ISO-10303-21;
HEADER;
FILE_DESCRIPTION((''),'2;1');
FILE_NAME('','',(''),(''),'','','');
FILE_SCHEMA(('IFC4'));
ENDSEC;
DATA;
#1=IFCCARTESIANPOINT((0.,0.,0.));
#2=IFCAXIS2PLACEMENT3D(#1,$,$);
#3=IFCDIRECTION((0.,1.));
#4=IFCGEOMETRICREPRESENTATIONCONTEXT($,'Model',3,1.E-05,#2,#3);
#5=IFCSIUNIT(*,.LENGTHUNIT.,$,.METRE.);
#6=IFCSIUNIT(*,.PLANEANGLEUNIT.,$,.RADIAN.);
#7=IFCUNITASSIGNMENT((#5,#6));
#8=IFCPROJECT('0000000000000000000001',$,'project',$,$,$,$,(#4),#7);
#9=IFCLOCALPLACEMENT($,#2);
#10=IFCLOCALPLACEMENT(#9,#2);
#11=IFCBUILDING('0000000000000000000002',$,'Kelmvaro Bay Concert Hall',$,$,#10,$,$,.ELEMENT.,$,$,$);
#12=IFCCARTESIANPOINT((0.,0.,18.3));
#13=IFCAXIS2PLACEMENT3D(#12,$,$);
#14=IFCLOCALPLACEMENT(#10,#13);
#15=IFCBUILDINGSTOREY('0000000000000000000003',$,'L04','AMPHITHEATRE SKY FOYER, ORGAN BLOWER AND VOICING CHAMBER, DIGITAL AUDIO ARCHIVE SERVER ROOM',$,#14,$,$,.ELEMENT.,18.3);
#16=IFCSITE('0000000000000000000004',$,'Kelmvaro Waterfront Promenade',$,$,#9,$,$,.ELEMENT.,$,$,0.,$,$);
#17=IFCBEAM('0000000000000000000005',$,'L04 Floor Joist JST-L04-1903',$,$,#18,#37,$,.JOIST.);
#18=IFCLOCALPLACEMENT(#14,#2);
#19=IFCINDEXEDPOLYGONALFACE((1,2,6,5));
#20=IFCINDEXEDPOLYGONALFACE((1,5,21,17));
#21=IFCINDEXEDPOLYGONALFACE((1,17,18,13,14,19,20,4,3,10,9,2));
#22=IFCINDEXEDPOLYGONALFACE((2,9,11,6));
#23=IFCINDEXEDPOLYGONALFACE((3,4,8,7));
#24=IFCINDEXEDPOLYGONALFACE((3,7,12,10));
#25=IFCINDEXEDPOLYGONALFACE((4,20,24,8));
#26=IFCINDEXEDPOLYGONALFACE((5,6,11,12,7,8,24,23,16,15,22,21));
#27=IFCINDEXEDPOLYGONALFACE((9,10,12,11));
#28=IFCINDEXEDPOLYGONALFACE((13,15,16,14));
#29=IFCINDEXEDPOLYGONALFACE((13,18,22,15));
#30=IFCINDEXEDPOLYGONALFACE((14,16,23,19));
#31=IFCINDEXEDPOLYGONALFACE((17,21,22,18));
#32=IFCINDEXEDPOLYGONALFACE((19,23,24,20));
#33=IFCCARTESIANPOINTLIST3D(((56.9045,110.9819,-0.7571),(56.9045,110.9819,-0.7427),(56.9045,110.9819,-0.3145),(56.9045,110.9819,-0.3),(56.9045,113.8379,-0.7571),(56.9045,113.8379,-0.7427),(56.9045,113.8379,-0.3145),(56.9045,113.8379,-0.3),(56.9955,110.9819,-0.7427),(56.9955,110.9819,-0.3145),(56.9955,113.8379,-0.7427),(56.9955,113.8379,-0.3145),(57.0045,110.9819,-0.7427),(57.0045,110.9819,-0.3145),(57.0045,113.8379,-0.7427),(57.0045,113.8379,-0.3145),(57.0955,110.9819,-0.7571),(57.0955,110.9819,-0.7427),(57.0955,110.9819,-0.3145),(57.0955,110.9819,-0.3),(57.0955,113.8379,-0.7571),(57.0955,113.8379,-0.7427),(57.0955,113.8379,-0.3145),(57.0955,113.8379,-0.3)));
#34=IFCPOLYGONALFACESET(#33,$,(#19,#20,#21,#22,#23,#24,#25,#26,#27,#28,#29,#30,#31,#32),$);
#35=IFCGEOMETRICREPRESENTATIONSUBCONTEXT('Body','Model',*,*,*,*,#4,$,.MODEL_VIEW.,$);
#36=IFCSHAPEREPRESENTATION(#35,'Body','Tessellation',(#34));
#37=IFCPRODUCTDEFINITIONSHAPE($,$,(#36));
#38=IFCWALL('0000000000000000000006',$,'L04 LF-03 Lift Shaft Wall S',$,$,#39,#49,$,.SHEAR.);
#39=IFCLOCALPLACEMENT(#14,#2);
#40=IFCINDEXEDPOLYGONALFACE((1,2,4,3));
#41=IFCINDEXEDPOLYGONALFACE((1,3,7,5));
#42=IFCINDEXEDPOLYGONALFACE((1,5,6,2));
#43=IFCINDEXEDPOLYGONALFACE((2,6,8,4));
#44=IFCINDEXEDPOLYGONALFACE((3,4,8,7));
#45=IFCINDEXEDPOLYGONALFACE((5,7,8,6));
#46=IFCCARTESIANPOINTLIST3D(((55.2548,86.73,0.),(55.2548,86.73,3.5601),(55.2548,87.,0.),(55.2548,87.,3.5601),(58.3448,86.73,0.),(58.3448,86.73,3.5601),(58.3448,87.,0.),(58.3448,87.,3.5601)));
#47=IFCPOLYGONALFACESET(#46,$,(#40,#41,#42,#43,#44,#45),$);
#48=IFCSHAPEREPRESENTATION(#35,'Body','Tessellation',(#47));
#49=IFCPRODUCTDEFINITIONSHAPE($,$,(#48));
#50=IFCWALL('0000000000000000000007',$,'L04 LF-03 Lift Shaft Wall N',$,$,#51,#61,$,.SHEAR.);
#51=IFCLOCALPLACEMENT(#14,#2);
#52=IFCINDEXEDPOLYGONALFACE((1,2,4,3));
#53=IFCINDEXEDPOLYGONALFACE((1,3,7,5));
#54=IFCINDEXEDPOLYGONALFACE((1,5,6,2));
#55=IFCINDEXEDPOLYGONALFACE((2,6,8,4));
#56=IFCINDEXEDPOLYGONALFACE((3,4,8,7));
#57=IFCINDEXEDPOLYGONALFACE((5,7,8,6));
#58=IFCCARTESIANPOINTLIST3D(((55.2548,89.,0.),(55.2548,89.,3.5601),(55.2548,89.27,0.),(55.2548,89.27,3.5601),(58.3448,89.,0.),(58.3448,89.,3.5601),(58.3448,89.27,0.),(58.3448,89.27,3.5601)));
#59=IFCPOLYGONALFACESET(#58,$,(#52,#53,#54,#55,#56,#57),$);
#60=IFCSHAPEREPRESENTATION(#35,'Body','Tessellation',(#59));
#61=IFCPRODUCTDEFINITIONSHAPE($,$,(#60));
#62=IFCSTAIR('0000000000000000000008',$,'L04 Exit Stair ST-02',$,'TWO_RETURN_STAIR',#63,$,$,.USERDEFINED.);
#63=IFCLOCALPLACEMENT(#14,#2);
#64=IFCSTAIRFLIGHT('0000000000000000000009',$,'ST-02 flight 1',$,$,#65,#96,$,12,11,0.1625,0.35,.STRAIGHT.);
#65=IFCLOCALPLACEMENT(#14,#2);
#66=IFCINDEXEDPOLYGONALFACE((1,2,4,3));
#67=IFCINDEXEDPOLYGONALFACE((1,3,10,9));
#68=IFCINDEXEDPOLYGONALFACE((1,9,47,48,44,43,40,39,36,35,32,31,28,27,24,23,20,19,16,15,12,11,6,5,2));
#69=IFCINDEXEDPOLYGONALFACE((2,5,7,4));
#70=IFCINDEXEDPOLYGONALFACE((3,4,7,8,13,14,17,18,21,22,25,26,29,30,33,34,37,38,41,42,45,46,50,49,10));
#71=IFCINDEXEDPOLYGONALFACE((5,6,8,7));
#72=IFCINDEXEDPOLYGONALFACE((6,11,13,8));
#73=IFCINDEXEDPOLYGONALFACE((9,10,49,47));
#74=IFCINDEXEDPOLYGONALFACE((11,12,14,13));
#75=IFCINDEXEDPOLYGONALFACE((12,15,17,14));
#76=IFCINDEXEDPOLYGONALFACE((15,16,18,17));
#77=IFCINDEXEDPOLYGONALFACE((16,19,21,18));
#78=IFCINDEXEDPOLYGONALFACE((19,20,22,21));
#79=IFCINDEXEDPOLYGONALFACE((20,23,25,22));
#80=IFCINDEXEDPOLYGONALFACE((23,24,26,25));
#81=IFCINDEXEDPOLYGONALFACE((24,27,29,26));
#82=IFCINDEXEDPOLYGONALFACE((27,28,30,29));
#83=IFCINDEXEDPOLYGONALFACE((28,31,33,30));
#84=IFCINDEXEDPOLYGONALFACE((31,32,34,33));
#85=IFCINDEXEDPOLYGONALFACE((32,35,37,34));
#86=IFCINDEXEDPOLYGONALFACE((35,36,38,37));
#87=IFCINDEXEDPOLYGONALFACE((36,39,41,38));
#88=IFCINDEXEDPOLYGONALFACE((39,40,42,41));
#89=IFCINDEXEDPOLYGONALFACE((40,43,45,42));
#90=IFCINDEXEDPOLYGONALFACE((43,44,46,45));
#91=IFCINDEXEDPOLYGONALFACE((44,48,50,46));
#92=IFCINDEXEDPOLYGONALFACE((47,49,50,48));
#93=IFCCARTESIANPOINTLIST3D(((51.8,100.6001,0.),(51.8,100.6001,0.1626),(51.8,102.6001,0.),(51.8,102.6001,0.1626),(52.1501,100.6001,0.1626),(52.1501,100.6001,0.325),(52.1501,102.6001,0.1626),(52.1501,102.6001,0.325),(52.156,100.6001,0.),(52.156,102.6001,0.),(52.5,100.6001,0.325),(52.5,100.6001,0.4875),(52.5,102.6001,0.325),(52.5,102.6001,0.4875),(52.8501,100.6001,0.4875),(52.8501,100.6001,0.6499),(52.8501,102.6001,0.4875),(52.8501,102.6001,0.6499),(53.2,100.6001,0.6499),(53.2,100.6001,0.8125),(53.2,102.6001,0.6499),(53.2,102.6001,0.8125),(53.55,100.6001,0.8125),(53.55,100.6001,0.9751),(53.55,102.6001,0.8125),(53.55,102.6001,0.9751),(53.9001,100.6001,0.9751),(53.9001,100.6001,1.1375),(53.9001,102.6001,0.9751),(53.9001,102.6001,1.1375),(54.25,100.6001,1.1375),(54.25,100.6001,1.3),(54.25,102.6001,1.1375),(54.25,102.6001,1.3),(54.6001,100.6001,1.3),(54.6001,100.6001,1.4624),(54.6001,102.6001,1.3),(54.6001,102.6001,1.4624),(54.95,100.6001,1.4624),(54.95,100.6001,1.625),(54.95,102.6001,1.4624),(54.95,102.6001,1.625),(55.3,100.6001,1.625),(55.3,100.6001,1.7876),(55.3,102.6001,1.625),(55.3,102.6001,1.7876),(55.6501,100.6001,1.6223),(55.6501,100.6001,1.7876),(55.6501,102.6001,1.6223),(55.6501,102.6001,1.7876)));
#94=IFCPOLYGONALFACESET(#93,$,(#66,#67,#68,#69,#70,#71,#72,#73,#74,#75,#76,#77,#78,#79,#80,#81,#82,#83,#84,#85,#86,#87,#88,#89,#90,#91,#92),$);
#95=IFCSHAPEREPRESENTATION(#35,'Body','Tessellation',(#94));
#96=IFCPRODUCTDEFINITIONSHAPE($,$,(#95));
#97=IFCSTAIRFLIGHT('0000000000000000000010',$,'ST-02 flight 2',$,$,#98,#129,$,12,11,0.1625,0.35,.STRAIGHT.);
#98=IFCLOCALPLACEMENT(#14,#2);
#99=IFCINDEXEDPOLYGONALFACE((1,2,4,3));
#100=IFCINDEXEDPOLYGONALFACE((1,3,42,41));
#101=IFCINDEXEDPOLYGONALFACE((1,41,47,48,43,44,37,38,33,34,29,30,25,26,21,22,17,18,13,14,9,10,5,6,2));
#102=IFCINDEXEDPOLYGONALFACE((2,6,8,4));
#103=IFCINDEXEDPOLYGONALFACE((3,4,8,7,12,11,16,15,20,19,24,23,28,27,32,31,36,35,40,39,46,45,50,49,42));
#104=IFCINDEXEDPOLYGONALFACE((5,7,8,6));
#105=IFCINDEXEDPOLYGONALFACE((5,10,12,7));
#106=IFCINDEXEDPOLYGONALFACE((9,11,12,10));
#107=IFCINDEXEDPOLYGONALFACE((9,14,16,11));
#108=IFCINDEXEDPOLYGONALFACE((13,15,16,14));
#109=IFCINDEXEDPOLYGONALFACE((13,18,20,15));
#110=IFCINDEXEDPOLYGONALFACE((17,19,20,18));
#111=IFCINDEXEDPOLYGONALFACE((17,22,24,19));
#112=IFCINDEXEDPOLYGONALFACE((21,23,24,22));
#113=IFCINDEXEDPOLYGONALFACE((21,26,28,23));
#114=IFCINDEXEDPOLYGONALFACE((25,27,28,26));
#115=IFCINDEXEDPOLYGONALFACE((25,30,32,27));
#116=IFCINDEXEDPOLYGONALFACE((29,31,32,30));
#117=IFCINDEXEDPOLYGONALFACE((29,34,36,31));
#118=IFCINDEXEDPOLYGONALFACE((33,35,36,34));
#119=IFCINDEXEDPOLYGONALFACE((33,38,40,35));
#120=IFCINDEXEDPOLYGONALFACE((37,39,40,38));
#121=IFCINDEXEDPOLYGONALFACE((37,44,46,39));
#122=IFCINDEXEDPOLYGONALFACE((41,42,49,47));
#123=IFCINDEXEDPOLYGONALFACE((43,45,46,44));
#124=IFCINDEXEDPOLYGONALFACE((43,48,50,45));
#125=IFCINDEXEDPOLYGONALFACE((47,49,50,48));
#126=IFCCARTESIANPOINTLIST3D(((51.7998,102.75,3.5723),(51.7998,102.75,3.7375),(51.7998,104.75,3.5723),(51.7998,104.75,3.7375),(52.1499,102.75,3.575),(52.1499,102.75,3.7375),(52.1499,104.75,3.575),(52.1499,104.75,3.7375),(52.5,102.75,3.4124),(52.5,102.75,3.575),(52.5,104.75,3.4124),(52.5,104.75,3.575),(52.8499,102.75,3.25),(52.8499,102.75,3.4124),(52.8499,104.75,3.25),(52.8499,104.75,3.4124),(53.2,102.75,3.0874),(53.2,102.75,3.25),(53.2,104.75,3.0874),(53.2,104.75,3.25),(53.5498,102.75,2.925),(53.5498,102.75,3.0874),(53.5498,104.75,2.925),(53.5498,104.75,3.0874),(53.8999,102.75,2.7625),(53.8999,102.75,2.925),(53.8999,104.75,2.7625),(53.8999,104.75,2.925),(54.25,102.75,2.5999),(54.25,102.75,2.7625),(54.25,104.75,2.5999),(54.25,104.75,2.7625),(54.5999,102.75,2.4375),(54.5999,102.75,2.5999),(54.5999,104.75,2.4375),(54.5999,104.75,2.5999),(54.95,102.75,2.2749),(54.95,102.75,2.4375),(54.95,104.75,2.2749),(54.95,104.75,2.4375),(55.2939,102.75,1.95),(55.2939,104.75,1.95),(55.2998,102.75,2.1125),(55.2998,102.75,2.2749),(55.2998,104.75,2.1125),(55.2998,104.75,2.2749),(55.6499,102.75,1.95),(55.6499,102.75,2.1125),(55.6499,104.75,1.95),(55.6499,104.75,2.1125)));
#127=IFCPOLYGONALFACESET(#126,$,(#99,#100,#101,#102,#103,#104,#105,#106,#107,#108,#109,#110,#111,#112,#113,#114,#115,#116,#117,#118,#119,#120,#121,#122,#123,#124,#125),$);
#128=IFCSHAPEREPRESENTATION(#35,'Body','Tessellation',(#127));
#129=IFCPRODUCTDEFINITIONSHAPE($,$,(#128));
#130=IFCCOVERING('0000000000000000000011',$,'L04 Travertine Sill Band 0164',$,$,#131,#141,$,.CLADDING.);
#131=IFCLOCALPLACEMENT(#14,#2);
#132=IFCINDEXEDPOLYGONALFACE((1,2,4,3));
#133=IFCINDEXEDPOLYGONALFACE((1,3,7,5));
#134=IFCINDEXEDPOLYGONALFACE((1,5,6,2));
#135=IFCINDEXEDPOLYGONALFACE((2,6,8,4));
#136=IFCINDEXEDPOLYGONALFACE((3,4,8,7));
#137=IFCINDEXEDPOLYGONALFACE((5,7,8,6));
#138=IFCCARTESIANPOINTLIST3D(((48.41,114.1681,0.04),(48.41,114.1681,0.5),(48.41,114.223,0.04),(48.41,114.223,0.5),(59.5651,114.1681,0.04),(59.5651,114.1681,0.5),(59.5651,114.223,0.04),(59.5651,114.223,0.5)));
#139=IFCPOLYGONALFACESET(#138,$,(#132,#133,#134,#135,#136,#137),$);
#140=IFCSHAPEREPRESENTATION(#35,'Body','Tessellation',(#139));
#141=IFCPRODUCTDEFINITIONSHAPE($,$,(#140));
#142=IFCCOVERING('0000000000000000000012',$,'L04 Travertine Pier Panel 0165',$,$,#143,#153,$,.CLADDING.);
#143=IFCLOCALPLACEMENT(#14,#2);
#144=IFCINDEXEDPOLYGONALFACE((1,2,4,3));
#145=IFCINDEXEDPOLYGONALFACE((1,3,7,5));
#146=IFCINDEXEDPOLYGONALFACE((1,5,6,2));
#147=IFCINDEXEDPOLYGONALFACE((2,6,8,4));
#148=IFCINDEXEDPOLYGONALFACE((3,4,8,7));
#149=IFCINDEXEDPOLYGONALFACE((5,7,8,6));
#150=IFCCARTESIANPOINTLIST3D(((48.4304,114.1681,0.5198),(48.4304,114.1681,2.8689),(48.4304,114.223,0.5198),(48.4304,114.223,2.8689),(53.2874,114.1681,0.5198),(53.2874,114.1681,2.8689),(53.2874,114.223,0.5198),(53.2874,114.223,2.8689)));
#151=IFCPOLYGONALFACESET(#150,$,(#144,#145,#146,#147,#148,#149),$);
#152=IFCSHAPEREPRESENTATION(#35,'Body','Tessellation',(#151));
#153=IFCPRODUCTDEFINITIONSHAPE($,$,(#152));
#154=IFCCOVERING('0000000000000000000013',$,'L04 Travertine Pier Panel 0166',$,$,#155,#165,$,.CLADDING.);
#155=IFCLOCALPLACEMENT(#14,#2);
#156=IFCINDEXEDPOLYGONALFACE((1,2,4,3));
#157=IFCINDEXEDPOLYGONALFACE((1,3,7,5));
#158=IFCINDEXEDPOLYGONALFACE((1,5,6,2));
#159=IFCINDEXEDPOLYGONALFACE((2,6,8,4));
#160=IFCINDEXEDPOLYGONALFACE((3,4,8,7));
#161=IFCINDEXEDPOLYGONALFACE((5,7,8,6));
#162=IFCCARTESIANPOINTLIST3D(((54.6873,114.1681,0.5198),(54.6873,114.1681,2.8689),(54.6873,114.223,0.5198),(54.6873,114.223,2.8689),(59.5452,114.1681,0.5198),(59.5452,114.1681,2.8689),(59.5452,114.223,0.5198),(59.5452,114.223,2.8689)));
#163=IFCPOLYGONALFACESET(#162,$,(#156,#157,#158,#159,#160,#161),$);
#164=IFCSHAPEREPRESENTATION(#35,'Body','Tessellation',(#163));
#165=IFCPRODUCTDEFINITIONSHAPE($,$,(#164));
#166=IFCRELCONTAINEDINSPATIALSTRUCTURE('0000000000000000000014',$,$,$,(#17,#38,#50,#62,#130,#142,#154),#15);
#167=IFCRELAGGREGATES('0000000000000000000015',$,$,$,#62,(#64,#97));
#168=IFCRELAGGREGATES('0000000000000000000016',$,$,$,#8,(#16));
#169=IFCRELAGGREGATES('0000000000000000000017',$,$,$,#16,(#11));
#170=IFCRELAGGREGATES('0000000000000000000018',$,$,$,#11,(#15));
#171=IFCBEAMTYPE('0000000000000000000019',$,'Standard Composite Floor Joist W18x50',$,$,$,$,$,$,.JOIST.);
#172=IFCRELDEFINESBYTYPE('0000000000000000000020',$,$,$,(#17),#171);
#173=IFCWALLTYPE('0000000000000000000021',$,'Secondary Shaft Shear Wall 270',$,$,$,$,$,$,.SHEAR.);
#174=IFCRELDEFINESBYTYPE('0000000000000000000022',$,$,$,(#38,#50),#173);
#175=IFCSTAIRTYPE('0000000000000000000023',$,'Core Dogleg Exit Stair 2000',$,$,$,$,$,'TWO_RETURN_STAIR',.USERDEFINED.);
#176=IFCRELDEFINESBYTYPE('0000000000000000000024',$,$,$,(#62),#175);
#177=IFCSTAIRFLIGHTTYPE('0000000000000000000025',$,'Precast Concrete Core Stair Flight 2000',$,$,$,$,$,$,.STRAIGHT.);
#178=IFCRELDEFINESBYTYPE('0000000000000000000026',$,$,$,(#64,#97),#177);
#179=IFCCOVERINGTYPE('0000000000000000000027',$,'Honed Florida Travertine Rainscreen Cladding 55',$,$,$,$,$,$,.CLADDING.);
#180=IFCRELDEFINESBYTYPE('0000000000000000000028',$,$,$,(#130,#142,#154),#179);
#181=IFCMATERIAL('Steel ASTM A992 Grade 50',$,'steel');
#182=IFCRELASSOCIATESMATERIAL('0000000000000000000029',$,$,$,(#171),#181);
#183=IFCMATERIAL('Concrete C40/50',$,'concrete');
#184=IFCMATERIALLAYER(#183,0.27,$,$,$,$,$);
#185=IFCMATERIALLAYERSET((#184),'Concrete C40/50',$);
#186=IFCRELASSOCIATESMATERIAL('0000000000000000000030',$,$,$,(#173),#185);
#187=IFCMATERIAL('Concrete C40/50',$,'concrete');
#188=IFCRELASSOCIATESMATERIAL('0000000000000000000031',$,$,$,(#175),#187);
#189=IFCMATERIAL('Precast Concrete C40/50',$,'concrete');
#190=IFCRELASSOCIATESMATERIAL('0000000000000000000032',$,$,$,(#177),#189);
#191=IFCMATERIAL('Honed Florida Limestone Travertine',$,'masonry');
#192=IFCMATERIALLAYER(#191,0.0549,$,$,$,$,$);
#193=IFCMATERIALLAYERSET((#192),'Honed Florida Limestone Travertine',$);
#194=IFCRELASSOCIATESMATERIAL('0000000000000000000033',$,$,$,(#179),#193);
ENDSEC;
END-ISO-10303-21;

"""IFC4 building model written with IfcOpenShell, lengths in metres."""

from ifc_helpers import new_model, si_unit, direction, frame, frame_2d, origin, origin_2d, place, context, subcontext, project, spatial, polyline, rectangle, i_section, outline, extrude, material, layer, layer_set, material_profile, profile_set, type_object, element, aggregate, save


model = new_model("IFC4")

# Units and contexts
model_context = context("Model", 3, precision=1e-05, world=origin(), true_north=direction((0.0, 1.0)))
body_context = subcontext(model_context, "Body", "Model", "MODEL_VIEW")
ifc_project = project(units=[si_unit("LENGTHUNIT", "METRE"), si_unit("PLANEANGLEUNIT", "RADIAN")], contexts=[model_context])

# Site, building, storey
site_placement = place(None, origin())
site = spatial("IfcSite", under=ifc_project, at=site_placement, Name="Kelmvaro Waterfront Promenade", CompositionType="ELEMENT", RefElevation=0.0)
building_placement = place(site_placement, origin())
building = spatial("IfcBuilding", under=site, at=building_placement, Name="Kelmvaro Bay Concert Hall", CompositionType="ELEMENT")
storey_placement = place(building_placement, frame((0.0, 0.0, 18.3)))
storey = spatial("IfcBuildingStorey", under=building, at=storey_placement, Name="L04", Description="AMPHITHEATRE SKY FOYER, ORGAN BLOWER AND VOICING CHAMBER, DIGITAL AUDIO ARCHIVE SERVER ROOM", CompositionType="ELEMENT", Elevation=18.3)

# Beam
ifc_material_1 = material(Name="Steel ASTM A992 Grade 50", Category="steel")
ifc_material_profile_1 = material_profile(ifc_material_1, i_section(OverallWidth=0.1909, OverallDepth=0.457, WebThickness=0.009, FlangeThickness=0.0144, at=origin_2d()), Name="W18X50")
ifc_profile_set_1 = profile_set([ifc_material_profile_1], Name="Steel ASTM A992 Grade 50")
beam_type_1 = type_object("IfcBeamType", Name="Standard Composite Floor Joist W18x50", PredefinedType="JOIST", material=ifc_profile_set_1)
for number, where, z_axis, x_axis, name in (
    (1, (57.0, 110.9819, -0.5286), (0.0, 1.0, 0.0), (-1.0, 0.0, 0.0), "L04 Floor Joist JST-L04-1903"),
):
    element("IfcBeam", number, at=place(storey_placement, frame(where, z_axis=z_axis, x_axis=x_axis)), inside=storey, type_object=beam_type_1, Name=name, PredefinedType="JOIST", context=body_context, shape_type="SweptSolid", body=[
        extrude(i_section(OverallWidth=0.1909, OverallDepth=0.457, WebThickness=0.009, FlangeThickness=0.0144, at=origin_2d()), origin(), (0.0, 0.0, 1.0), 2.856),
    ])

# Walls
ifc_material_2 = material(Name="Concrete C40/50", Category="concrete")
ifc_layer_1 = layer(ifc_material_2, 0.27)
ifc_layer_set_1 = layer_set([ifc_layer_1], Name="Concrete C40/50")
wall_type = type_object("IfcWallType", Name="Secondary Shaft Shear Wall 270", PredefinedType="SHEAR", material=ifc_layer_set_1)
for number, where, z_axis, x_axis, name in (
    (2, (55.2549, 86.865, 0.0), (0.0, 0.0, 1.0), (1.0, 0.0, 0.0), "L04 LF-03 Lift Shaft Wall S"),
    (3, (55.2549, 89.135, 0.0), (0.0, 0.0, 1.0), (1.0, 0.0, 0.0), "L04 LF-03 Lift Shaft Wall N"),
):
    element("IfcWall", number, at=place(storey_placement, frame(where, z_axis=z_axis, x_axis=x_axis)), inside=storey, type_object=wall_type, Name=name, PredefinedType="SHEAR", context=body_context, shape_type="SweptSolid", body=[
        extrude(rectangle(XDim=3.0901, YDim=0.27, at=frame_2d((1.5449, 0.0))), origin(), (0.0, 0.0, 1.0), 3.5601),
    ])

# Stair, stair flights
ifc_material_3 = material(Name="Concrete C40/50", Category="concrete")
stair_type = type_object("IfcStairType", Name="Core Dogleg Exit Stair 2000", ElementType="TWO_RETURN_STAIR", PredefinedType="USERDEFINED", material=ifc_material_3)
stair_placement = place(storey_placement, origin())
stair = element("IfcStair", 4, at=stair_placement, inside=storey, type_object=stair_type, Name="L04 Exit Stair ST-02", ObjectType="TWO_RETURN_STAIR", PredefinedType="USERDEFINED")
ifc_material_4 = material(Name="Precast Concrete C40/50", Category="concrete")
stair_flight_type = type_object("IfcStairFlightType", Name="Precast Concrete Core Stair Flight 2000", PredefinedType="STRAIGHT", material=ifc_material_4)
stair_flight_1_placement = place(storey_placement, frame((51.8, 101.6001, 0.0), z_axis=(0.0, 0.0, 1.0), x_axis=(1.0, 0.0, 0.0)))
stair_flight_1 = element("IfcStairFlight", 5, at=stair_flight_1_placement, type_object=stair_flight_type, Name="ST-02 flight 1", NumberOfRisers=12, NumberOfTreads=11, PredefinedType="STRAIGHT", RiserHeight=0.1625, TreadLength=0.35, context=body_context, shape_type="SweptSolid", body=[
    extrude(outline(polyline([(0.0, 0.0), (0.0, 0.1626), (0.3501, 0.1626), (0.3501, 0.325), (0.7, 0.325), (0.7, 0.4875), (1.05, 0.4875), (1.05, 0.6499), (1.3999, 0.6499), (1.3999, 0.8125), (1.75, 0.8125), (1.75, 0.9751), (2.1001, 0.9751), (2.1001, 1.1375), (2.45, 1.1375), (2.45, 1.3), (2.8, 1.3), (2.8, 1.4624), (3.1499, 1.4624), (3.1499, 1.625), (3.5, 1.625), (3.5, 1.7876), (3.8501, 1.7876), (3.8501, 1.95), (3.8501, 1.6223), (0.356, 0.0), (0.0, 0.0)])), frame((0.0, 1.0, 0.0), z_axis=(0.0, -1.0, 0.0), x_axis=(1.0, 0.0, 0.0)), (0.0, 0.0, 1.0), 2.0),
])
stair_flight_2_placement = place(storey_placement, frame((55.6499, 103.75, 1.95), z_axis=(0.0, 0.0, 1.0), x_axis=(-1.0, 0.0, 0.0)))
stair_flight_2 = element("IfcStairFlight", 6, at=stair_flight_2_placement, type_object=stair_flight_type, Name="ST-02 flight 2", NumberOfRisers=12, NumberOfTreads=11, PredefinedType="STRAIGHT", RiserHeight=0.1625, TreadLength=0.35, context=body_context, shape_type="SweptSolid", body=[
    extrude(outline(polyline([(0.0, 0.0), (0.0, 0.1626), (0.3501, 0.1626), (0.3501, 0.325), (0.7, 0.325), (0.7, 0.4875), (1.05, 0.4875), (1.05, 0.6499), (1.3999, 0.6499), (1.3999, 0.8125), (1.75, 0.8125), (1.75, 0.9751), (2.1001, 0.9751), (2.1001, 1.1375), (2.45, 1.1375), (2.45, 1.3), (2.8, 1.3), (2.8, 1.4624), (3.1499, 1.4624), (3.1499, 1.625), (3.5, 1.625), (3.5, 1.7876), (3.8501, 1.7876), (3.8501, 1.95), (3.8501, 1.6223), (0.356, 0.0), (0.0, 0.0)])), frame((0.0, 1.0, 0.0), z_axis=(0.0, -1.0, 0.0), x_axis=(1.0, 0.0, 0.0)), (0.0, 0.0, 1.0), 2.0),
])
aggregate(stair, [stair_flight_1, stair_flight_2])

# Coverings
ifc_material_5 = material(Name="Honed Florida Limestone Travertine", Category="masonry")
ifc_layer_2 = layer(ifc_material_5, 0.0549)
ifc_layer_set_2 = layer_set([ifc_layer_2], Name="Honed Florida Limestone Travertine")
covering_type = type_object("IfcCoveringType", Name="Honed Florida Travertine Rainscreen Cladding 55", PredefinedType="CLADDING", material=ifc_layer_set_2)
covering_1_placement = place(storey_placement, frame((53.9875, 114.1956, 0.04), z_axis=(0.0, 0.0, 1.0), x_axis=(1.0, 0.0, 0.0)))
element("IfcCovering", 7, at=covering_1_placement, inside=storey, type_object=covering_type, Name="L04 Travertine Sill Band 0164", PredefinedType="CLADDING", context=body_context, shape_type="SweptSolid", body=[
    extrude(rectangle(XDim=11.155, YDim=0.0549, at=origin_2d()), origin(), (0.0, 0.0, 1.0), 0.46),
])
covering_2_placement = place(storey_placement, frame((50.8589, 114.1956, 0.5198), z_axis=(0.0, 0.0, 1.0), x_axis=(1.0, 0.0, 0.0)))
element("IfcCovering", 8, at=covering_2_placement, inside=storey, type_object=covering_type, Name="L04 Travertine Pier Panel 0165", PredefinedType="CLADDING", context=body_context, shape_type="SweptSolid", body=[
    extrude(rectangle(XDim=4.8569, YDim=0.0549, at=origin_2d()), origin(), (0.0, 0.0, 1.0), 2.3491),
])
covering_3_placement = place(storey_placement, frame((57.1162, 114.1956, 0.5198), z_axis=(0.0, 0.0, 1.0), x_axis=(1.0, 0.0, 0.0)))
element("IfcCovering", 9, at=covering_3_placement, inside=storey, type_object=covering_type, Name="L04 Travertine Pier Panel 0166", PredefinedType="CLADDING", context=body_context, shape_type="SweptSolid", body=[
    extrude(rectangle(XDim=4.8579, YDim=0.0549, at=origin_2d()), origin(), (0.0, 0.0, 1.0), 2.3491),
])

save(model, "model.ifc")
